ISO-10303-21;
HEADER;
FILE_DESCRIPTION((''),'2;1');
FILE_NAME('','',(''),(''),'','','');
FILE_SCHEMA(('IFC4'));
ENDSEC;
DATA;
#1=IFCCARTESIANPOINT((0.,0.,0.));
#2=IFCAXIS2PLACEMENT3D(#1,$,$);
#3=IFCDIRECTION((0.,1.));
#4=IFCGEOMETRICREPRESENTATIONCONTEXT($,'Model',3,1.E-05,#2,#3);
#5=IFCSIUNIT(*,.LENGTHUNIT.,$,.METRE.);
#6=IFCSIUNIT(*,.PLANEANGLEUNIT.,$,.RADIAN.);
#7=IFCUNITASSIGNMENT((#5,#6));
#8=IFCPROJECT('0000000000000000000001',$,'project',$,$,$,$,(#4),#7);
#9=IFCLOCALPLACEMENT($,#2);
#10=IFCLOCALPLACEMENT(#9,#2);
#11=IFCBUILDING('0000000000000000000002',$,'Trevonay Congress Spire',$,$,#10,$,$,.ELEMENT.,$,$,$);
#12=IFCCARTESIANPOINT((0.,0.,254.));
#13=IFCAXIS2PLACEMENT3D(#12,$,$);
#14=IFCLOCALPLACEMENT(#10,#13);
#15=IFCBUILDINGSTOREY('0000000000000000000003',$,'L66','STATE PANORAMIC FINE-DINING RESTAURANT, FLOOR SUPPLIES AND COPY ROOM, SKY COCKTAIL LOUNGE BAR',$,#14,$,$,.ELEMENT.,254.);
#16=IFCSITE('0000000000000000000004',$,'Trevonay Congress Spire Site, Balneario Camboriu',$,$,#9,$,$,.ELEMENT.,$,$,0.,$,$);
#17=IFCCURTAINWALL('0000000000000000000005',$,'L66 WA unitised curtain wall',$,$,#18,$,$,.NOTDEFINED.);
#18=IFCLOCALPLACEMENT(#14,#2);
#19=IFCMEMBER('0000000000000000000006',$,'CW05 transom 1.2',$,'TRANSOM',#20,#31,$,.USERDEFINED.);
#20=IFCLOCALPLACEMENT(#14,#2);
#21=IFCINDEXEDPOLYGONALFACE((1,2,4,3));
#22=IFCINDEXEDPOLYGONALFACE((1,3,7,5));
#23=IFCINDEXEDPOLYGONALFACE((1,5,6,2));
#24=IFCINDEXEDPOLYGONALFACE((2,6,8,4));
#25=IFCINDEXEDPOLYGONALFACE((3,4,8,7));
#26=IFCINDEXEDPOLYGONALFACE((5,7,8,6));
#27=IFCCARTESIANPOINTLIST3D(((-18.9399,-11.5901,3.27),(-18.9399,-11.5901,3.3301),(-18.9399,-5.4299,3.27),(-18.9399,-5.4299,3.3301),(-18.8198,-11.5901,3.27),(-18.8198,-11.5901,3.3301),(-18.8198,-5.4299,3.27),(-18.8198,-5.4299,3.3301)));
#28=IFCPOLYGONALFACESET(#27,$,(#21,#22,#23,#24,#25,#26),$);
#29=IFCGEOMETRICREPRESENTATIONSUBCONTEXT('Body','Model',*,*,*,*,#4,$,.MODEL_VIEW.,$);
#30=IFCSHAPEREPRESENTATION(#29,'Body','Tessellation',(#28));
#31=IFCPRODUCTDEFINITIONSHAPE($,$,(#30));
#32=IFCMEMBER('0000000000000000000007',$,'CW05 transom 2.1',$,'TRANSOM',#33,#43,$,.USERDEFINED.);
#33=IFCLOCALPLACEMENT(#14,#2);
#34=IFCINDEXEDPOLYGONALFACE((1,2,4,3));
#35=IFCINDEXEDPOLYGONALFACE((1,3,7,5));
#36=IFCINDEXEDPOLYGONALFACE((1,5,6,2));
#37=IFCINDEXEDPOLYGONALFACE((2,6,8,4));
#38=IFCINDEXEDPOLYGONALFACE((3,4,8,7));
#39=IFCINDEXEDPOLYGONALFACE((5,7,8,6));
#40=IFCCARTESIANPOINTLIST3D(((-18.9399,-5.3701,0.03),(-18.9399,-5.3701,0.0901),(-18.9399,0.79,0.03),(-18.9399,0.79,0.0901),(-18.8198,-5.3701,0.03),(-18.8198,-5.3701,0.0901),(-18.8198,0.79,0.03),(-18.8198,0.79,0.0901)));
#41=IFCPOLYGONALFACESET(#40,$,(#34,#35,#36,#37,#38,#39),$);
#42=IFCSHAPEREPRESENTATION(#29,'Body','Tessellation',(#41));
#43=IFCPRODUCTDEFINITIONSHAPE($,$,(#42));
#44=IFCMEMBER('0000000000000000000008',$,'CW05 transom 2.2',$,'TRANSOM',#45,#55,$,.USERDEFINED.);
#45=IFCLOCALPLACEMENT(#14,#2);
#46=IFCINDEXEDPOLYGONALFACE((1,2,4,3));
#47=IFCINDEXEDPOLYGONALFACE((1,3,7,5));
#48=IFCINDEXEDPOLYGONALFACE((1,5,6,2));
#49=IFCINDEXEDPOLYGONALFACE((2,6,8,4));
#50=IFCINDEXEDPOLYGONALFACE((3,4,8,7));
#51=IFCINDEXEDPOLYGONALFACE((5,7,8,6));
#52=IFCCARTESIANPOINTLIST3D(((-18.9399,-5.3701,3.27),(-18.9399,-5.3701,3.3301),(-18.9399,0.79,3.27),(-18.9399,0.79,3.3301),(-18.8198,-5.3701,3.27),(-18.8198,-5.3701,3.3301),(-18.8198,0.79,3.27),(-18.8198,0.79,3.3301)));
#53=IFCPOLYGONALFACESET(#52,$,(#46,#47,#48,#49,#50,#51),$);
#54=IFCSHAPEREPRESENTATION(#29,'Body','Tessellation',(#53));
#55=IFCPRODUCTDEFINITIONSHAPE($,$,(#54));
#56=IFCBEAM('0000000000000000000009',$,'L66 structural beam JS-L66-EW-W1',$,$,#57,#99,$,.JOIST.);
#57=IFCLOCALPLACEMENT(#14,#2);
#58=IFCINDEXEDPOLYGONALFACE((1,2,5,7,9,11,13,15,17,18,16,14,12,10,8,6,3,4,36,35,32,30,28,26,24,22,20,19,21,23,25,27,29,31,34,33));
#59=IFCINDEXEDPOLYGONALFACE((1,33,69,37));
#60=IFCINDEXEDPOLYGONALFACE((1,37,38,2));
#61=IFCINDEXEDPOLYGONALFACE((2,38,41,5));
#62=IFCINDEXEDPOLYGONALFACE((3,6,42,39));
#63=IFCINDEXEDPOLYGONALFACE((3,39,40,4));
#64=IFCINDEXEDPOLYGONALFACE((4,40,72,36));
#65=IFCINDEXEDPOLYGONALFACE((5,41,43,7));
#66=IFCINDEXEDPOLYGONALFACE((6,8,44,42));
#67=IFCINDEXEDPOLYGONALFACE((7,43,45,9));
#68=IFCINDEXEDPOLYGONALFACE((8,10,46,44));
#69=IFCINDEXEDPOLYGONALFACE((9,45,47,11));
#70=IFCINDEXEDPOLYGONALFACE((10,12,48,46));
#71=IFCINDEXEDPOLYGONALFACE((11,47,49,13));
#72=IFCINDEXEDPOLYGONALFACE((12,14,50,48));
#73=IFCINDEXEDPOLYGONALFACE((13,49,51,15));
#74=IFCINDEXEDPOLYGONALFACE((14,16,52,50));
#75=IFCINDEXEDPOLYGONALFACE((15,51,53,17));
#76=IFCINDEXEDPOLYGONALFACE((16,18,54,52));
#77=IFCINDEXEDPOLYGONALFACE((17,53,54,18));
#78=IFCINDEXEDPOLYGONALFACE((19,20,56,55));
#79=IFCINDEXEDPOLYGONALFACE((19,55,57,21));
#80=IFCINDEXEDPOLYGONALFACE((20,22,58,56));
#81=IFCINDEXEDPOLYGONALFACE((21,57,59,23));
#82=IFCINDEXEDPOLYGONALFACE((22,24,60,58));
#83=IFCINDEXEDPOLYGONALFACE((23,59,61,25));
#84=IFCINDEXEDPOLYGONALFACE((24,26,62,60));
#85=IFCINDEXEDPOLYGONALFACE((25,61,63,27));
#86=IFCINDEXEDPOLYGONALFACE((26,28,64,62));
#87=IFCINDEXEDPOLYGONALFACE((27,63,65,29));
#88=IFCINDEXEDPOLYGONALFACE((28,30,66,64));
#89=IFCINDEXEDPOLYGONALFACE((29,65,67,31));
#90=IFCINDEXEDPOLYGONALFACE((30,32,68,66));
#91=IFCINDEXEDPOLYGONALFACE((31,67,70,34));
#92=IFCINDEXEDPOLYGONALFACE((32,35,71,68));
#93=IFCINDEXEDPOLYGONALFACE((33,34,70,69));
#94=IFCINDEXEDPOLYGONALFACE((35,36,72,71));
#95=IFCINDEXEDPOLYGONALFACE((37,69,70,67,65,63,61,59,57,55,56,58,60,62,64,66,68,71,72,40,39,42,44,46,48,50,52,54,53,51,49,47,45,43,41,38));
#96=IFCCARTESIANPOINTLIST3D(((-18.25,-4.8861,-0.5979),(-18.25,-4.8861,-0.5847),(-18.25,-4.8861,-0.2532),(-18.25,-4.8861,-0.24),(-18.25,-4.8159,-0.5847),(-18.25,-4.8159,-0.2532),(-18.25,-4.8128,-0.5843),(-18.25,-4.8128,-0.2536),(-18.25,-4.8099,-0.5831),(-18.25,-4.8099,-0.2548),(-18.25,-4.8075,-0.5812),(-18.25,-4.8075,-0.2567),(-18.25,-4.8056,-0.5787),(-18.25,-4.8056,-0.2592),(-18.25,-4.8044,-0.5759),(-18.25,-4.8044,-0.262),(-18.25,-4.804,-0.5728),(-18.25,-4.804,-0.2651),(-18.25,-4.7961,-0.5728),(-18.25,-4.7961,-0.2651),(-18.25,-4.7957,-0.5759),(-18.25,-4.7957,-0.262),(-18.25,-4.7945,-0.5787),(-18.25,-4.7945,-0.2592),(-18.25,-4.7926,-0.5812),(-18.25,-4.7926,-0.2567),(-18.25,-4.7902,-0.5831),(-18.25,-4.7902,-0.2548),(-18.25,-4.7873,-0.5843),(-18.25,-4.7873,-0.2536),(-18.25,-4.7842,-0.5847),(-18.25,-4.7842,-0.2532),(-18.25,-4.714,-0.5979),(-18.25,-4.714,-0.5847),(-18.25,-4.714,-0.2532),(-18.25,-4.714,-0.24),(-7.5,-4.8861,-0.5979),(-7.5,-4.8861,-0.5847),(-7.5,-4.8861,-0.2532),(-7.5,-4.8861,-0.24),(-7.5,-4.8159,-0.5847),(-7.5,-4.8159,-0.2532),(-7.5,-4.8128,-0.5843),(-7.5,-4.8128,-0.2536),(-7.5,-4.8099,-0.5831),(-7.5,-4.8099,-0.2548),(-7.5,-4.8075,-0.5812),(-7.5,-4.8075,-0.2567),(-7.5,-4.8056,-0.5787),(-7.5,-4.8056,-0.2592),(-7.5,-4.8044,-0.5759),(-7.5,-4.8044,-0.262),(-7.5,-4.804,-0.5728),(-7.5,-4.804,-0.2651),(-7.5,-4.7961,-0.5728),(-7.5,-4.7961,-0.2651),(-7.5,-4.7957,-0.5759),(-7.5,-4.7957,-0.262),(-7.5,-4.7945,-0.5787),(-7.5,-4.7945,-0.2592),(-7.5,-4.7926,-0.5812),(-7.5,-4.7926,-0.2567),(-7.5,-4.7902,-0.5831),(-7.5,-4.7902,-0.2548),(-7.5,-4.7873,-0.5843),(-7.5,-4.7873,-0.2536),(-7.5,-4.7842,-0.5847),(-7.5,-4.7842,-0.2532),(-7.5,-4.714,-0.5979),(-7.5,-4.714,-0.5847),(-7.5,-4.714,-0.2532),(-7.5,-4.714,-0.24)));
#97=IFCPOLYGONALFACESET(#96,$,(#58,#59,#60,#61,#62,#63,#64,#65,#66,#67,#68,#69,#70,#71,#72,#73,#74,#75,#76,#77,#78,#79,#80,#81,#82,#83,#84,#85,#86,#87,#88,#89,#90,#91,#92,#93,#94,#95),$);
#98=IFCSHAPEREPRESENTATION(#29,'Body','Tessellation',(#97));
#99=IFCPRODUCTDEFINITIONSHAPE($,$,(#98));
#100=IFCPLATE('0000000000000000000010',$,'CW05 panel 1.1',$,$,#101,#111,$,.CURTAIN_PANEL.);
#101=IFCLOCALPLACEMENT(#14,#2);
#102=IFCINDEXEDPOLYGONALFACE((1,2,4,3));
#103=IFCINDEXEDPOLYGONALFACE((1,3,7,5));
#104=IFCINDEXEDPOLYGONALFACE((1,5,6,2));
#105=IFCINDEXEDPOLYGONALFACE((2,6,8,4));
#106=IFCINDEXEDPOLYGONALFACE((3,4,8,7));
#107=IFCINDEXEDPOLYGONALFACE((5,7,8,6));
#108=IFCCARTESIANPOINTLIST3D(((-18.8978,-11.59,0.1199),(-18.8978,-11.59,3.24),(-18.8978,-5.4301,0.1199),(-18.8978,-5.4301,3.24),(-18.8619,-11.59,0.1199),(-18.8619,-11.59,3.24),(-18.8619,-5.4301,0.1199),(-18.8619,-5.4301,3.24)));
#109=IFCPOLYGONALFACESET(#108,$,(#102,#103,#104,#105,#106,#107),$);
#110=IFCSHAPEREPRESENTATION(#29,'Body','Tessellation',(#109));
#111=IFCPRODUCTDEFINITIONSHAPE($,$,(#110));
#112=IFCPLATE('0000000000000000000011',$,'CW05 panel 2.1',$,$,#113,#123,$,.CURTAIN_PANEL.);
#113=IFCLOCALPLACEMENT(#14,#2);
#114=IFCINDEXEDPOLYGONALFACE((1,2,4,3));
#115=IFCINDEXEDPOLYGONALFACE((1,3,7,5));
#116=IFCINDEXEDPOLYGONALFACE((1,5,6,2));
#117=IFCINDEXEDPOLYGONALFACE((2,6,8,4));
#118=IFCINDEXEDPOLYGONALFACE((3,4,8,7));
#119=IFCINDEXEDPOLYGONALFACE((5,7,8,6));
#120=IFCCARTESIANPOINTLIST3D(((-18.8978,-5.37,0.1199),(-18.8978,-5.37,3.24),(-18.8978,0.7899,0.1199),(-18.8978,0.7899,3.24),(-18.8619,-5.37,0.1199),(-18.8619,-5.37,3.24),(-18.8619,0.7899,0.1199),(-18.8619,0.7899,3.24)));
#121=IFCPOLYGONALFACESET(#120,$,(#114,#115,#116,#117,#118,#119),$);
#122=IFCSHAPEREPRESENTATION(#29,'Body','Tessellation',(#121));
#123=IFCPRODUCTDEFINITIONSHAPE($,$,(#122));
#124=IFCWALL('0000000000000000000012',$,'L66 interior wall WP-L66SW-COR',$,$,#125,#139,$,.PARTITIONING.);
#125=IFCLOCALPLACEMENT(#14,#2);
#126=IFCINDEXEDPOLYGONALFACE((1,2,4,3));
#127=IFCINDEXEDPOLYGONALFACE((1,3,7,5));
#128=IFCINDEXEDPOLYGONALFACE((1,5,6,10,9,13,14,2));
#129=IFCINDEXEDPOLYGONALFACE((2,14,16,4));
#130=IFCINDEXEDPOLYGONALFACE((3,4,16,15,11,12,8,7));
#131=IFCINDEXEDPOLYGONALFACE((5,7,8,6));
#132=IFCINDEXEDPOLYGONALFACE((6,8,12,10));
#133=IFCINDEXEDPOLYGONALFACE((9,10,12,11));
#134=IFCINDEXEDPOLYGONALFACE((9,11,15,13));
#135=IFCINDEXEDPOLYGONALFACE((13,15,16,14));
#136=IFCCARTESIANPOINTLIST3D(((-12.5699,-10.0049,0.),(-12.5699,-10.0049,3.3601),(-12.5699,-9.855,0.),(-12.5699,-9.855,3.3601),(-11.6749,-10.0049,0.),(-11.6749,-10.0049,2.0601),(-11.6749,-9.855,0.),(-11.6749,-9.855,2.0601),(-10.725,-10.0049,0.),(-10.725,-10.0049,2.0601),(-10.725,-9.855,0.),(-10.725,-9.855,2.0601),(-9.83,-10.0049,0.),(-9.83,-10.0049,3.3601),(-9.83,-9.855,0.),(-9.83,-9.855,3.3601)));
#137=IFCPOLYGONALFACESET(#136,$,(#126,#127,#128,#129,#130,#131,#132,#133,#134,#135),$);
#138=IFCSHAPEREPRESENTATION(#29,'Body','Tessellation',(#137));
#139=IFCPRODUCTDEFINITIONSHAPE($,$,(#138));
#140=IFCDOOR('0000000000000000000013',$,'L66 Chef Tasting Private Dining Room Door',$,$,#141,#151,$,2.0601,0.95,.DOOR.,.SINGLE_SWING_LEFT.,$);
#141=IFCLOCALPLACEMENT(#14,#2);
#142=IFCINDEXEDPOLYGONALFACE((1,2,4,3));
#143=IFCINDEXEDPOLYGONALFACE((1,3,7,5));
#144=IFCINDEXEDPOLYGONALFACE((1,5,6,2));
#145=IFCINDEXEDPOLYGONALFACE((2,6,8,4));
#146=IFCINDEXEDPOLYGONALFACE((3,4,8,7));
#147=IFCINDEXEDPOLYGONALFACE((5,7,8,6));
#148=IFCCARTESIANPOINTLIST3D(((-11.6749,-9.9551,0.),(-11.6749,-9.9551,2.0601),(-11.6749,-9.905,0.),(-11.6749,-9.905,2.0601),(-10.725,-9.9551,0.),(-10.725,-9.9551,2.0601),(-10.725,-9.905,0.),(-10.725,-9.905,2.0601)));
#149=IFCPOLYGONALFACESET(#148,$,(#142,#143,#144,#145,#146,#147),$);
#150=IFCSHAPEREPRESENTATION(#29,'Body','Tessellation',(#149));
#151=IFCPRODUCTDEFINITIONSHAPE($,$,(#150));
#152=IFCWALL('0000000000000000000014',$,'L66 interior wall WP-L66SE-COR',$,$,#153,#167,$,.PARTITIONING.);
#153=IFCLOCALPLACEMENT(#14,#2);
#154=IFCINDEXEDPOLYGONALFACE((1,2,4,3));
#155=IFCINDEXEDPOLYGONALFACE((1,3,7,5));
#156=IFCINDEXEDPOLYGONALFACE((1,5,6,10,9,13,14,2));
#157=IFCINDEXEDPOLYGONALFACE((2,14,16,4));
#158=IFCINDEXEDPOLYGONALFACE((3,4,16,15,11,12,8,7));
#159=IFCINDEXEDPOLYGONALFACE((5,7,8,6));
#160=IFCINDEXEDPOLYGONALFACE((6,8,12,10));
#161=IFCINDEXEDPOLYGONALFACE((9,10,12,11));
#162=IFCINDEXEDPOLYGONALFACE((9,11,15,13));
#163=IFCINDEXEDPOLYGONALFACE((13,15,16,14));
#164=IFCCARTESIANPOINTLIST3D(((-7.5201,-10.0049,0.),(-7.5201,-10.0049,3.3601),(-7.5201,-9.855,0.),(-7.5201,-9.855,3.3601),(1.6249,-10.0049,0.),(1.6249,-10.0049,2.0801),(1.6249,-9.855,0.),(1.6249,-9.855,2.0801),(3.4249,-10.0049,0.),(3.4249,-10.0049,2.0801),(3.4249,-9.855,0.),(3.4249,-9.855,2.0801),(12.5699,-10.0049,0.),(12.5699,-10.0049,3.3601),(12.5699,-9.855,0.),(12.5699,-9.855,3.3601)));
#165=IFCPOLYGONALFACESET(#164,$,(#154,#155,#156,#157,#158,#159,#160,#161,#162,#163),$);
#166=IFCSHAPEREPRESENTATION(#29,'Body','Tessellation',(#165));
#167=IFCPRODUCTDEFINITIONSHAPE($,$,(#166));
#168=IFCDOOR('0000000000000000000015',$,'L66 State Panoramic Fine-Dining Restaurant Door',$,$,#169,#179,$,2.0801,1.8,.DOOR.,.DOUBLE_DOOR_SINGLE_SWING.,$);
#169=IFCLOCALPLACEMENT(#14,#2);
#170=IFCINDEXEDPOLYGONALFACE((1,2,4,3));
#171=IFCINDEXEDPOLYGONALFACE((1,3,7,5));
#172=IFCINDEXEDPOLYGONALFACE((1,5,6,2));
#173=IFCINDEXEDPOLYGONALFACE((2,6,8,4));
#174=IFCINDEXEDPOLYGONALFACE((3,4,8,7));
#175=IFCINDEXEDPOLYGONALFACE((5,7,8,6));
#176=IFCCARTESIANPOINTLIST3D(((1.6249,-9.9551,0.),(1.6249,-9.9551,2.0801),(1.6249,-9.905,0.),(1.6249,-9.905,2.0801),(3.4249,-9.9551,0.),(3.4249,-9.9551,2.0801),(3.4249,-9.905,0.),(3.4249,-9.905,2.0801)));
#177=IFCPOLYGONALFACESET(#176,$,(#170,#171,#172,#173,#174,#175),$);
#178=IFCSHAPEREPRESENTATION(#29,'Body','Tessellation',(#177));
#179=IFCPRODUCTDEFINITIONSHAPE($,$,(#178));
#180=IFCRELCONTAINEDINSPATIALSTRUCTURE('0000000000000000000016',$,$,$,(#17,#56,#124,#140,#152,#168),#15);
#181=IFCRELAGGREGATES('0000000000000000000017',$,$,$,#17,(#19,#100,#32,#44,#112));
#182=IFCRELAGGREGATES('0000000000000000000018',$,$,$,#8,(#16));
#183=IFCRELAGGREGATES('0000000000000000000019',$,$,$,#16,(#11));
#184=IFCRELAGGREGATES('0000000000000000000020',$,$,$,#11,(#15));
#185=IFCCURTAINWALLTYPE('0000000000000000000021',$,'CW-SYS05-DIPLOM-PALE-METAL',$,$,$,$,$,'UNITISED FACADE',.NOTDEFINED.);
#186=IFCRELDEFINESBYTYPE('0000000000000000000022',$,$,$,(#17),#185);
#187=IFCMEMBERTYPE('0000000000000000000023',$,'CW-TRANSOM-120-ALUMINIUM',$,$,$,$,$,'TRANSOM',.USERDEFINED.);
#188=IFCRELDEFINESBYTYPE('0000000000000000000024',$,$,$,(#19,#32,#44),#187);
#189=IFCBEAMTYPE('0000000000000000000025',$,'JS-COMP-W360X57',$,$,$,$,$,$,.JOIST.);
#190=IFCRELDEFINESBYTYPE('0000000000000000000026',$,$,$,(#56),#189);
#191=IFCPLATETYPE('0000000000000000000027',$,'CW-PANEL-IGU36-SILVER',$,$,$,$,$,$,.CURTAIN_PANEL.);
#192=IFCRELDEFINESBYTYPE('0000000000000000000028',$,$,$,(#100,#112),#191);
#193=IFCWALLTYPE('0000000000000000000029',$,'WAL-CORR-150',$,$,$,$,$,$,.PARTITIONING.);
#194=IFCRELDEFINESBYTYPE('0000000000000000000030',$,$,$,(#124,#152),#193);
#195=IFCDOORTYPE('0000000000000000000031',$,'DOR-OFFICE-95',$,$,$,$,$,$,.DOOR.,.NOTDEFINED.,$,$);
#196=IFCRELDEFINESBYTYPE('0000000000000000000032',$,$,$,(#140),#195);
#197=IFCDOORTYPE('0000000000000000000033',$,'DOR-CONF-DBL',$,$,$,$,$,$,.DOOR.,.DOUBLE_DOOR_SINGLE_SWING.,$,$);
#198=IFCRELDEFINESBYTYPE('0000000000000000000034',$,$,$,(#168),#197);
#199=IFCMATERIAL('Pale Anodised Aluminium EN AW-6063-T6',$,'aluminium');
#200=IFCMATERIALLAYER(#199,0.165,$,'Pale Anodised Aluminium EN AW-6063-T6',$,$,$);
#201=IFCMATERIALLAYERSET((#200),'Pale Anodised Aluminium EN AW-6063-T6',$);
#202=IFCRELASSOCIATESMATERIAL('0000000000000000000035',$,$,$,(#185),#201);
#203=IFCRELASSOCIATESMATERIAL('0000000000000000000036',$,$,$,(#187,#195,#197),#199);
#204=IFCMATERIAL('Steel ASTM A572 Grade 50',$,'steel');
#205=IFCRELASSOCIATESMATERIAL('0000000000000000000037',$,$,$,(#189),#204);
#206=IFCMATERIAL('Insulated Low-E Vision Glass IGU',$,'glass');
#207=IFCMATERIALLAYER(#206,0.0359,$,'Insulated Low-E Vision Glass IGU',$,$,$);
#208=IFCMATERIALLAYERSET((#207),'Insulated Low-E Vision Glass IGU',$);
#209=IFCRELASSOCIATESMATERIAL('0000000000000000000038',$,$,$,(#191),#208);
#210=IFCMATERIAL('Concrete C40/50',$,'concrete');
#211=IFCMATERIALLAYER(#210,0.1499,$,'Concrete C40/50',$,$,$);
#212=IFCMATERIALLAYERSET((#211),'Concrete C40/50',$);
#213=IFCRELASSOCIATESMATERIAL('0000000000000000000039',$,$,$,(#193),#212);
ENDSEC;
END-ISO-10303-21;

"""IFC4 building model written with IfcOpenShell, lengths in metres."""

from ifc_helpers import new_model, si_unit, direction, frame, frame_2d, origin, origin_2d, place, context, subcontext, project, spatial, rectangle, i_section, extrude, material, layer, layer_set, material_profile, profile_set, type_object, element, fill, aggregate, save


model = new_model("IFC4")

# Units and contexts
model_context = context("Model", 3, precision=1e-05, world=origin(), true_north=direction((0.0, 1.0)))
body_context = subcontext(model_context, "Body", "Model", "MODEL_VIEW")
ifc_project = project(units=[si_unit("LENGTHUNIT", "METRE"), si_unit("PLANEANGLEUNIT", "RADIAN")], contexts=[model_context])

# Site, building, storey
site_placement = place(None, origin())
site = spatial("IfcSite", under=ifc_project, at=site_placement, Name="Trevonay Congress Spire Site, Balneario Camboriu", CompositionType="ELEMENT", RefElevation=0.0)
building_placement = place(site_placement, origin())
building = spatial("IfcBuilding", under=site, at=building_placement, Name="Trevonay Congress Spire", CompositionType="ELEMENT")
storey_placement = place(building_placement, frame((0.0, 0.0, 254.0)))
storey = spatial("IfcBuildingStorey", under=building, at=storey_placement, Name="L66", Description="STATE PANORAMIC FINE-DINING RESTAURANT, FLOOR SUPPLIES AND COPY ROOM, SKY COCKTAIL LOUNGE BAR", CompositionType="ELEMENT", Elevation=254.0)

# Shared definitions
ifc_material_1 = material(Name="Steel ASTM A572 Grade 50", Category="steel")

# Curtain wall, members
ifc_material_2 = material(Name="Pale Anodised Aluminium EN AW-6063-T6", Category="aluminium")
ifc_layer_1 = layer(ifc_material_2, 0.165, Name="Pale Anodised Aluminium EN AW-6063-T6")
ifc_layer_set_1 = layer_set([ifc_layer_1], Name="Pale Anodised Aluminium EN AW-6063-T6")
curtain_wall_type = type_object("IfcCurtainWallType", Name="CW-SYS05-DIPLOM-PALE-METAL", ElementType="UNITISED FACADE", PredefinedType="NOTDEFINED", material=ifc_layer_set_1)
curtain_wall_placement = place(storey_placement, origin())
curtain_wall = element("IfcCurtainWall", 1, at=curtain_wall_placement, inside=storey, type_object=curtain_wall_type, Name="L66 WA unitised curtain wall", PredefinedType="NOTDEFINED")
ifc_material_profile_1 = material_profile(ifc_material_2, rectangle(XDim=0.1201, YDim=0.0601, at=origin_2d()), Name="CW-TRANSOM-120-ALUMINIUM")
ifc_profile_set_1 = profile_set([ifc_material_profile_1], Name="Pale Anodised Aluminium EN AW-6063-T6")
member_type_1 = type_object("IfcMemberType", Name="CW-TRANSOM-120-ALUMINIUM", ElementType="TRANSOM", PredefinedType="USERDEFINED", material=ifc_profile_set_1)
member_1_placement = place(storey_placement, frame((-18.8799, -11.5901, 3.3), z_axis=(0.0, 1.0, 0.0), x_axis=(-1.0, 0.0, 0.0)))
member_1 = element("IfcMember", 2, at=member_1_placement, type_object=member_type_1, Name="CW05 transom 1.2", ObjectType="TRANSOM", PredefinedType="USERDEFINED", context=body_context, shape_type="SweptSolid", body=[
    extrude(rectangle(XDim=0.1201, YDim=0.0601, at=origin_2d()), origin(), (0.0, 0.0, 1.0), 6.1602),
])
member_2_placement = place(storey_placement, frame((-18.8799, -5.3701, 0.0601), z_axis=(0.0, 1.0, 0.0), x_axis=(-1.0, 0.0, 0.0)))
member_2 = element("IfcMember", 3, at=member_2_placement, type_object=member_type_1, Name="CW05 transom 2.1", ObjectType="TRANSOM", PredefinedType="USERDEFINED", context=body_context, shape_type="SweptSolid", body=[
    extrude(rectangle(XDim=0.1201, YDim=0.0601, at=origin_2d()), origin(), (0.0, 0.0, 1.0), 6.1602),
])
member_3_placement = place(storey_placement, frame((-18.8799, -5.3701, 3.3), z_axis=(0.0, 1.0, 0.0), x_axis=(-1.0, 0.0, 0.0)))
member_3 = element("IfcMember", 4, at=member_3_placement, type_object=member_type_1, Name="CW05 transom 2.2", ObjectType="TRANSOM", PredefinedType="USERDEFINED", context=body_context, shape_type="SweptSolid", body=[
    extrude(rectangle(XDim=0.1201, YDim=0.0601, at=origin_2d()), origin(), (0.0, 0.0, 1.0), 6.1602),
])

# Beam
ifc_material_profile_2 = material_profile(ifc_material_1, i_section(OverallWidth=0.1721, OverallDepth=0.3579, WebThickness=0.0078, FlangeThickness=0.0132, FilletRadius=0.012, at=origin_2d()), Name="W360x57.8")
ifc_profile_set_2 = profile_set([ifc_material_profile_2], Name="Steel ASTM A572 Grade 50")
beam_type_1 = type_object("IfcBeamType", Name="JS-COMP-W360X57", PredefinedType="JOIST", material=ifc_profile_set_2)
beam_placement = place(storey_placement, frame((-18.25, -4.8, -0.4189), z_axis=(1.0, 0.0, 0.0), x_axis=(0.0, 1.0, 0.0)))
element("IfcBeam", 5, at=beam_placement, inside=storey, type_object=beam_type_1, Name="L66 structural beam JS-L66-EW-W1", PredefinedType="JOIST", context=body_context, shape_type="SweptSolid", body=[
    extrude(i_section(OverallWidth=0.1721, OverallDepth=0.3579, WebThickness=0.0078, FlangeThickness=0.0132, FilletRadius=0.012, at=origin_2d()), origin(), (0.0, 0.0, 1.0), 10.75),
])

# Plates
ifc_material_3 = material(Name="Insulated Low-E Vision Glass IGU", Category="glass")
ifc_layer_2 = layer(ifc_material_3, 0.0359, Name="Insulated Low-E Vision Glass IGU")
ifc_layer_set_2 = layer_set([ifc_layer_2], Name="Insulated Low-E Vision Glass IGU")
plate_type = type_object("IfcPlateType", Name="CW-PANEL-IGU36-SILVER", PredefinedType="CURTAIN_PANEL", material=ifc_layer_set_2)
plate_1_placement = place(storey_placement, frame((-18.8799, -8.51, 0.1199), z_axis=(0.0, 0.0, 1.0), x_axis=(0.0, 1.0, 0.0)))
plate_1 = element("IfcPlate", 6, at=plate_1_placement, type_object=plate_type, Name="CW05 panel 1.1", PredefinedType="CURTAIN_PANEL", context=body_context, shape_type="SweptSolid", body=[
    extrude(rectangle(XDim=6.1599, YDim=0.0359, at=origin_2d()), origin(), (0.0, 0.0, 1.0), 3.1201),
])
plate_2_placement = place(storey_placement, frame((-18.8799, -2.29, 0.1199), z_axis=(0.0, 0.0, 1.0), x_axis=(0.0, 1.0, 0.0)))
plate_2 = element("IfcPlate", 7, at=plate_2_placement, type_object=plate_type, Name="CW05 panel 2.1", PredefinedType="CURTAIN_PANEL", context=body_context, shape_type="SweptSolid", body=[
    extrude(rectangle(XDim=6.1599, YDim=0.0359, at=origin_2d()), origin(), (0.0, 0.0, 1.0), 3.1201),
])
aggregate(curtain_wall, [member_1, plate_1, member_2, member_3, plate_2])

# Walls, openings, doors
ifc_material_4 = material(Name="Concrete C40/50", Category="concrete")
ifc_layer_3 = layer(ifc_material_4, 0.1499, Name="Concrete C40/50")
ifc_layer_set_3 = layer_set([ifc_layer_3], Name="Concrete C40/50")
wall_type_1 = type_object("IfcWallType", Name="WAL-CORR-150", PredefinedType="PARTITIONING", material=ifc_layer_set_3)
wall_1_placement = place(storey_placement, frame((-12.5701, -9.9299, 0.0), z_axis=(0.0, 0.0, 1.0), x_axis=(1.0, 0.0, 0.0)))
wall_1 = element("IfcWall", 8, at=wall_1_placement, inside=storey, type_object=wall_type_1, Name="L66 interior wall WP-L66SW-COR", PredefinedType="PARTITIONING", context=body_context, shape_type="SweptSolid", body=[
    extrude(rectangle(XDim=2.74, YDim=0.1499, at=frame_2d((1.3701, 0.0))), origin(), (0.0, 0.0, 1.0), 3.3601),
])
opening_1_placement = place(wall_1_placement, frame((0.895, 0.0, 0.0)))
opening_1 = element("IfcOpeningElement", 9, at=opening_1_placement, cuts=wall_1, PredefinedType="OPENING", context=body_context, shape_type="SweptSolid", body=[
    extrude(rectangle(XDim=0.95, YDim=2.0601, at=frame_2d((0.4751, 1.03))), frame((0.0, 0.085, 0.0), z_axis=(0.0, -1.0, 0.0), x_axis=(1.0, 0.0, 0.0)), (0.0, 0.0, 1.0), 0.1699),
])
door_type_1 = type_object("IfcDoorType", Name="DOR-OFFICE-95", OperationType="NOTDEFINED", PredefinedType="DOOR", material=ifc_material_2)
door_1_placement = place(opening_1_placement, origin())
door_1 = element("IfcDoor", 10, at=door_1_placement, inside=storey, type_object=door_type_1, Name="L66 Chef Tasting Private Dining Room Door", OperationType="SINGLE_SWING_LEFT", OverallHeight=2.0601, OverallWidth=0.95, PredefinedType="DOOR", context=body_context, shape_type="SweptSolid", body=[
    extrude(rectangle(XDim=0.95, YDim=2.0601, at=frame_2d((0.4751, 1.03))), frame((0.0, 0.0249, 0.0), z_axis=(0.0, -1.0, 0.0), x_axis=(1.0, 0.0, 0.0)), (0.0, 0.0, 1.0), 0.05),
])
fill(opening_1, door_1)
wall_2_placement = place(storey_placement, frame((-7.52, -9.9299, 0.0), z_axis=(0.0, 0.0, 1.0), x_axis=(1.0, 0.0, 0.0)))
wall_2 = element("IfcWall", 11, at=wall_2_placement, inside=storey, type_object=wall_type_1, Name="L66 interior wall WP-L66SE-COR", PredefinedType="PARTITIONING", context=body_context, shape_type="SweptSolid", body=[
    extrude(rectangle(XDim=20.0901, YDim=0.1499, at=frame_2d((10.0449, 0.0))), origin(), (0.0, 0.0, 1.0), 3.3601),
])
opening_2_placement = place(wall_2_placement, frame((9.145, 0.0, 0.0)))
opening_2 = element("IfcOpeningElement", 12, at=opening_2_placement, cuts=wall_2, PredefinedType="OPENING", context=body_context, shape_type="SweptSolid", body=[
    extrude(rectangle(XDim=1.8, YDim=2.0801, at=frame_2d((0.8999, 1.04))), frame((0.0, 0.085, 0.0), z_axis=(0.0, -1.0, 0.0), x_axis=(1.0, 0.0, 0.0)), (0.0, 0.0, 1.0), 0.1699),
])
door_type_2 = type_object("IfcDoorType", Name="DOR-CONF-DBL", OperationType="DOUBLE_DOOR_SINGLE_SWING", PredefinedType="DOOR", material=ifc_material_2)
door_2_placement = place(opening_2_placement, origin())
door_2 = element("IfcDoor", 13, at=door_2_placement, inside=storey, type_object=door_type_2, Name="L66 State Panoramic Fine-Dining Restaurant Door", OperationType="DOUBLE_DOOR_SINGLE_SWING", OverallHeight=2.0801, OverallWidth=1.8, PredefinedType="DOOR", context=body_context, shape_type="SweptSolid", body=[
    extrude(rectangle(XDim=1.8, YDim=2.0801, at=frame_2d((0.8999, 1.04))), frame((0.0, 0.0249, 0.0), z_axis=(0.0, -1.0, 0.0), x_axis=(1.0, 0.0, 0.0)), (0.0, 0.0, 1.0), 0.05),
])
fill(opening_2, door_2)

save(model, "model.ifc")
